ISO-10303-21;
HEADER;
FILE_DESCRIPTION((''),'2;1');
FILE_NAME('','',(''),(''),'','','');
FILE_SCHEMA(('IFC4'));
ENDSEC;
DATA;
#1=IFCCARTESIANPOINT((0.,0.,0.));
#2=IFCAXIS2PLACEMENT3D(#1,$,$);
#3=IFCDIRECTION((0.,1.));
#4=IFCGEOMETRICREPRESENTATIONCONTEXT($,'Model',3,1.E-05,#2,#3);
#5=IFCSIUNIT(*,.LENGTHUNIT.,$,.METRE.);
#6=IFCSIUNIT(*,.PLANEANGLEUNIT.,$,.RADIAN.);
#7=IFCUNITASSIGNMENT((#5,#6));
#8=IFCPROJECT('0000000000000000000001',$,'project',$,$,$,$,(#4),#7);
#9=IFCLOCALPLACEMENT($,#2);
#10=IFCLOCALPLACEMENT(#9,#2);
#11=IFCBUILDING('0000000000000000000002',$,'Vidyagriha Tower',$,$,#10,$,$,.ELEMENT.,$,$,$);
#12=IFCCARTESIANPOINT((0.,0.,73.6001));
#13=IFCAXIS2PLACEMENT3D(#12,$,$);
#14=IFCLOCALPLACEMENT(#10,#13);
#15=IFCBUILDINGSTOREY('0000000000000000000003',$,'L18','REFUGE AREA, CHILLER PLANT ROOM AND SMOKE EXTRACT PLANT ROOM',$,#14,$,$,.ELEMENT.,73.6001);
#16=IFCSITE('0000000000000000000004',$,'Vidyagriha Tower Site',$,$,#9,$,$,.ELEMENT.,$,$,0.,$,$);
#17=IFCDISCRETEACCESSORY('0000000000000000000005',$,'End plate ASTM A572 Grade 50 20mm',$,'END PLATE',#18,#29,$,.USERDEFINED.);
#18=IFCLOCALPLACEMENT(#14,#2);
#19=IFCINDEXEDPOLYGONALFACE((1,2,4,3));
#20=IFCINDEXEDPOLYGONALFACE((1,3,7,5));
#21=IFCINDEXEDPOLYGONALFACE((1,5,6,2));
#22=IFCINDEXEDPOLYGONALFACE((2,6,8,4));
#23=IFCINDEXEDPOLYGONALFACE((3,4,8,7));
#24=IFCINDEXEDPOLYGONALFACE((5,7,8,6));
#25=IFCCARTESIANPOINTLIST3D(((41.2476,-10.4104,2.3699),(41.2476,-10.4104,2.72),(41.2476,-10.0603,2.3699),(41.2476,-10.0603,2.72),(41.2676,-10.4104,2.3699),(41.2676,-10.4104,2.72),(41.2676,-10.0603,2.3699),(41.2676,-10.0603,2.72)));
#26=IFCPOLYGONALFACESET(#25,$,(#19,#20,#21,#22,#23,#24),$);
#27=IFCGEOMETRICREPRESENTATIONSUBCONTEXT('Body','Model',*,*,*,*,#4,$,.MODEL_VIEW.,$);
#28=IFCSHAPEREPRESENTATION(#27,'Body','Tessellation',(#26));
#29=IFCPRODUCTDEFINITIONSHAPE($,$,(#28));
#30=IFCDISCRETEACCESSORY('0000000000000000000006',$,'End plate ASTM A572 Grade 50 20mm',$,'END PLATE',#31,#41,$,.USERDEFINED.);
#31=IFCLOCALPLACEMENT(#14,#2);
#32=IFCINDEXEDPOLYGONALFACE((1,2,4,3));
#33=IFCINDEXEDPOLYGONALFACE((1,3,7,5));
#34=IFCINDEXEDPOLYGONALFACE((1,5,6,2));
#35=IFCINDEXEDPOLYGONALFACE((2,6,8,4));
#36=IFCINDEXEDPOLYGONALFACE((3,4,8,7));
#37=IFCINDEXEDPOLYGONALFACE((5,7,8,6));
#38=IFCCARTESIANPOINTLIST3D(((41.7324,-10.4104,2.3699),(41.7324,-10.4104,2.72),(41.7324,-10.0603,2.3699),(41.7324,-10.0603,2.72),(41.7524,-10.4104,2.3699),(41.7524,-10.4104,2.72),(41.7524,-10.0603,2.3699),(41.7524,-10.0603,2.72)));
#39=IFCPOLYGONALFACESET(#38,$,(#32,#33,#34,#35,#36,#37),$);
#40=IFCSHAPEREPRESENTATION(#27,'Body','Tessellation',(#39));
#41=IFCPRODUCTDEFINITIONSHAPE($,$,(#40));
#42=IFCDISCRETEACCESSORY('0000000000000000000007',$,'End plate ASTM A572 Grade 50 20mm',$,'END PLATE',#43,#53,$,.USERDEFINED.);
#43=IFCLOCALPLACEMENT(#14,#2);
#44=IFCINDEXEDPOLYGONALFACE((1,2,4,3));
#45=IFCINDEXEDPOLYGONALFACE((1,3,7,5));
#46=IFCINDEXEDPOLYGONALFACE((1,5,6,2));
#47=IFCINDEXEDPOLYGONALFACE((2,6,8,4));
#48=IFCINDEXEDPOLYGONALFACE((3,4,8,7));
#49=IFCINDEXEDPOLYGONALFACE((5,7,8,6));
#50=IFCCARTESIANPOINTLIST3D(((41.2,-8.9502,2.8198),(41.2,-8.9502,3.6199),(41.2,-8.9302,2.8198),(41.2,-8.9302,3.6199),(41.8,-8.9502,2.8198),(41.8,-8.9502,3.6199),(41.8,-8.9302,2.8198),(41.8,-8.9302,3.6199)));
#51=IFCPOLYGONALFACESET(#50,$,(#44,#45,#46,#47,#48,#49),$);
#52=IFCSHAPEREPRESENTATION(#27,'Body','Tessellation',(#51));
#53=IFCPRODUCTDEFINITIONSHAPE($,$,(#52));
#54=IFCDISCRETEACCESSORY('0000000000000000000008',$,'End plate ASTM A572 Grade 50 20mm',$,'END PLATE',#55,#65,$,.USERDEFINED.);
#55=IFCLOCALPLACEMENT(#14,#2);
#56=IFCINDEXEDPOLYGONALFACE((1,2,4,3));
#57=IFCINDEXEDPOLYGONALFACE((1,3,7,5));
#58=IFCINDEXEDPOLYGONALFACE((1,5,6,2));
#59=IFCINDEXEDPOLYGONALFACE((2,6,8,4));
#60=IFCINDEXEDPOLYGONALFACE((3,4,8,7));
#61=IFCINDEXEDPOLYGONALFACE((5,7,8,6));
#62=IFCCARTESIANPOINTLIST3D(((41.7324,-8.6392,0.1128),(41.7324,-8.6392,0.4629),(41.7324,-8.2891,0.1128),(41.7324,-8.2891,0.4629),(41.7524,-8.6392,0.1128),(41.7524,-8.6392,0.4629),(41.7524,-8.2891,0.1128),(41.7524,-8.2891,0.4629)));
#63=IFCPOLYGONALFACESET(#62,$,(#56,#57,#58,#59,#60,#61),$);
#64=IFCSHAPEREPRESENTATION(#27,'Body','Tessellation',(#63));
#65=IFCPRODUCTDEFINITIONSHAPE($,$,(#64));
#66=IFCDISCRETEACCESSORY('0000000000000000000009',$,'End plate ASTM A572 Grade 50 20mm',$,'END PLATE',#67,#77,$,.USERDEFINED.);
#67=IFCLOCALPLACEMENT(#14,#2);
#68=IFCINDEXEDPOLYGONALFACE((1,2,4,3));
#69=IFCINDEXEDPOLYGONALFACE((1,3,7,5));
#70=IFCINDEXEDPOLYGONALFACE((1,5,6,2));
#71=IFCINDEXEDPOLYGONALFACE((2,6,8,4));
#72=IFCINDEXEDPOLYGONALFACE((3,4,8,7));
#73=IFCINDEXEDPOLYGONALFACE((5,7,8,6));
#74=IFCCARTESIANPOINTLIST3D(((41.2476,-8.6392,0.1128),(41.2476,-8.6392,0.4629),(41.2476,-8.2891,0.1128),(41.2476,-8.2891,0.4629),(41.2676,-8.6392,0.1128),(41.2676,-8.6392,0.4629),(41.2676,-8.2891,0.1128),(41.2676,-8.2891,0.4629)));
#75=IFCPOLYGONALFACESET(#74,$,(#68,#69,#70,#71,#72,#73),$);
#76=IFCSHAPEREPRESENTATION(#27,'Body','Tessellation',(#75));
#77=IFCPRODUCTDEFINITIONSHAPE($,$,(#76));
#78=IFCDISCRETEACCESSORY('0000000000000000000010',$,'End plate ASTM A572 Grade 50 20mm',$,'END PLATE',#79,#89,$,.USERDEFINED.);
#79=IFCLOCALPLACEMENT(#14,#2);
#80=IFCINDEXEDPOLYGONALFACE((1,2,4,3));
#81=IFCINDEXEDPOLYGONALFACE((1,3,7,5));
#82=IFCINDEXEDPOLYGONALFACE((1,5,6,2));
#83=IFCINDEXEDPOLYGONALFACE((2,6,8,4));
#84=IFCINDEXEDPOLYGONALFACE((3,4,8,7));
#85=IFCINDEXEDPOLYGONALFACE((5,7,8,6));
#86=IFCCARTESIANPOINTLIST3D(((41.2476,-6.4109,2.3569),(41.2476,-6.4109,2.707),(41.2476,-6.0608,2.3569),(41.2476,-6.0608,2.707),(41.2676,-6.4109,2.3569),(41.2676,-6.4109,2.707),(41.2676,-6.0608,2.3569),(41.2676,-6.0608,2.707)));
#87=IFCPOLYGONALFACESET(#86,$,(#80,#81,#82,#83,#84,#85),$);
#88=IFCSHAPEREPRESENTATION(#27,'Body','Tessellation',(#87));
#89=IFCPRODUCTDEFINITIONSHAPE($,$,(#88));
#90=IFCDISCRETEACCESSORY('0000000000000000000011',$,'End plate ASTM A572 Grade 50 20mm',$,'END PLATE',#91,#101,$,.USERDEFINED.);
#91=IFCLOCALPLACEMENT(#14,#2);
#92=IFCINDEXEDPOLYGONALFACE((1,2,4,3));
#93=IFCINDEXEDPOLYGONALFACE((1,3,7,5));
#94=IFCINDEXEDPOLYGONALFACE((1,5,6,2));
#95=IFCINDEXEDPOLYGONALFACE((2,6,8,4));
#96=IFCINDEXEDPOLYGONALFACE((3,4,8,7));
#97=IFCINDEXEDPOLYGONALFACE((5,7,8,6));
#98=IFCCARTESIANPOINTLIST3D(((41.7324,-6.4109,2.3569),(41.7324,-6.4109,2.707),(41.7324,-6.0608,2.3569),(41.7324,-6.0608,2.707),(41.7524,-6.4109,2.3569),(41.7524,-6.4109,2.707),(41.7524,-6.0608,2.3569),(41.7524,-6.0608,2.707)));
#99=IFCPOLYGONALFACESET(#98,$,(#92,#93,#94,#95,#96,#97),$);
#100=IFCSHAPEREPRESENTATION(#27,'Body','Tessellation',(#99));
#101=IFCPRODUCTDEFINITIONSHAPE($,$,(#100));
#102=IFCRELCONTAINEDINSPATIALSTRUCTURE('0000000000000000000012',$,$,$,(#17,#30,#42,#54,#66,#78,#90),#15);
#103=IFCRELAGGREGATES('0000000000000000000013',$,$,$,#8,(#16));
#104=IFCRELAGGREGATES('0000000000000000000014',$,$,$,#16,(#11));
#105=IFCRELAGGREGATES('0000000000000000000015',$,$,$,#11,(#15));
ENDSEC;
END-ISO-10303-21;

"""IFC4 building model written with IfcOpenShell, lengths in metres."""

from ifc_helpers import new_model, si_unit, direction, frame, origin, origin_2d, place, context, subcontext, project, spatial, rectangle, extrude, element, save


model = new_model("IFC4")

# Units and contexts
model_context = context("Model", 3, precision=1e-05, world=origin(), true_north=direction((0.0, 1.0)))
body_context = subcontext(model_context, "Body", "Model", "MODEL_VIEW")
ifc_project = project(units=[si_unit("LENGTHUNIT", "METRE"), si_unit("PLANEANGLEUNIT", "RADIAN")], contexts=[model_context])

# Site, building, storey
site_placement = place(None, origin())
site = spatial("IfcSite", under=ifc_project, at=site_placement, Name="Vidyagriha Tower Site", CompositionType="ELEMENT", RefElevation=0.0)
building_placement = place(site_placement, origin())
building = spatial("IfcBuilding", under=site, at=building_placement, Name="Vidyagriha Tower", CompositionType="ELEMENT")
storey_placement = place(building_placement, frame((0.0, 0.0, 73.6001)))
storey = spatial("IfcBuildingStorey", under=building, at=storey_placement, Name="L18", Description="REFUGE AREA, CHILLER PLANT ROOM AND SMOKE EXTRACT PLANT ROOM", CompositionType="ELEMENT", Elevation=73.6001)

# Discrete accessories
for number, where, z_axis, x_axis, name in (
    (1, (41.2576, -10.2354, 2.3699), (0.0, 0.0, 1.0), (0.0, 1.0, 0.0), "End plate ASTM A572 Grade 50 20mm"),
    (2, (41.7424, -10.2354, 2.3699), (0.0, 0.0, 1.0), (0.0, 1.0, 0.0), "End plate ASTM A572 Grade 50 20mm"),
):
    element("IfcDiscreteAccessory", number, at=place(storey_placement, frame(where, z_axis=z_axis, x_axis=x_axis)), inside=storey, Name=name, ObjectType="END PLATE", PredefinedType="USERDEFINED", context=body_context, shape_type="SweptSolid", body=[
        extrude(rectangle(XDim=0.3501, YDim=0.02, at=origin_2d()), origin(), (0.0, 0.0, 1.0), 0.3501),
    ])
discrete_accessory_placement = place(storey_placement, frame((41.5, -8.9402, 2.8198), z_axis=(0.0, 0.0, 1.0), x_axis=(0.0, -1.0, 0.0)))
element("IfcDiscreteAccessory", 3, at=discrete_accessory_placement, inside=storey, Name="End plate ASTM A572 Grade 50 20mm", ObjectType="END PLATE", PredefinedType="USERDEFINED", context=body_context, shape_type="SweptSolid", body=[
    extrude(rectangle(XDim=0.02, YDim=0.6001, at=origin_2d()), origin(), (0.0, 0.0, 1.0), 0.8),
])
for number, where, z_axis, x_axis, name in (
    (4, (41.7424, -8.4641, 0.1128), (0.0, 0.0, 1.0), (0.0, -1.0, 0.0), "End plate ASTM A572 Grade 50 20mm"),
    (5, (41.2576, -8.4641, 0.1128), (0.0, 0.0, 1.0), (0.0, -1.0, 0.0), "End plate ASTM A572 Grade 50 20mm"),
    (6, (41.2576, -6.2358, 2.3569), (0.0, 0.0, 1.0), (0.0, 1.0, 0.0), "End plate ASTM A572 Grade 50 20mm"),
    (7, (41.7424, -6.2358, 2.3569), (0.0, 0.0, 1.0), (0.0, 1.0, 0.0), "End plate ASTM A572 Grade 50 20mm"),
):
    element("IfcDiscreteAccessory", number, at=place(storey_placement, frame(where, z_axis=z_axis, x_axis=x_axis)), inside=storey, Name=name, ObjectType="END PLATE", PredefinedType="USERDEFINED", context=body_context, shape_type="SweptSolid", body=[
        extrude(rectangle(XDim=0.3501, YDim=0.02, at=origin_2d()), origin(), (0.0, 0.0, 1.0), 0.3501),
    ])

save(model, "model.ifc")
